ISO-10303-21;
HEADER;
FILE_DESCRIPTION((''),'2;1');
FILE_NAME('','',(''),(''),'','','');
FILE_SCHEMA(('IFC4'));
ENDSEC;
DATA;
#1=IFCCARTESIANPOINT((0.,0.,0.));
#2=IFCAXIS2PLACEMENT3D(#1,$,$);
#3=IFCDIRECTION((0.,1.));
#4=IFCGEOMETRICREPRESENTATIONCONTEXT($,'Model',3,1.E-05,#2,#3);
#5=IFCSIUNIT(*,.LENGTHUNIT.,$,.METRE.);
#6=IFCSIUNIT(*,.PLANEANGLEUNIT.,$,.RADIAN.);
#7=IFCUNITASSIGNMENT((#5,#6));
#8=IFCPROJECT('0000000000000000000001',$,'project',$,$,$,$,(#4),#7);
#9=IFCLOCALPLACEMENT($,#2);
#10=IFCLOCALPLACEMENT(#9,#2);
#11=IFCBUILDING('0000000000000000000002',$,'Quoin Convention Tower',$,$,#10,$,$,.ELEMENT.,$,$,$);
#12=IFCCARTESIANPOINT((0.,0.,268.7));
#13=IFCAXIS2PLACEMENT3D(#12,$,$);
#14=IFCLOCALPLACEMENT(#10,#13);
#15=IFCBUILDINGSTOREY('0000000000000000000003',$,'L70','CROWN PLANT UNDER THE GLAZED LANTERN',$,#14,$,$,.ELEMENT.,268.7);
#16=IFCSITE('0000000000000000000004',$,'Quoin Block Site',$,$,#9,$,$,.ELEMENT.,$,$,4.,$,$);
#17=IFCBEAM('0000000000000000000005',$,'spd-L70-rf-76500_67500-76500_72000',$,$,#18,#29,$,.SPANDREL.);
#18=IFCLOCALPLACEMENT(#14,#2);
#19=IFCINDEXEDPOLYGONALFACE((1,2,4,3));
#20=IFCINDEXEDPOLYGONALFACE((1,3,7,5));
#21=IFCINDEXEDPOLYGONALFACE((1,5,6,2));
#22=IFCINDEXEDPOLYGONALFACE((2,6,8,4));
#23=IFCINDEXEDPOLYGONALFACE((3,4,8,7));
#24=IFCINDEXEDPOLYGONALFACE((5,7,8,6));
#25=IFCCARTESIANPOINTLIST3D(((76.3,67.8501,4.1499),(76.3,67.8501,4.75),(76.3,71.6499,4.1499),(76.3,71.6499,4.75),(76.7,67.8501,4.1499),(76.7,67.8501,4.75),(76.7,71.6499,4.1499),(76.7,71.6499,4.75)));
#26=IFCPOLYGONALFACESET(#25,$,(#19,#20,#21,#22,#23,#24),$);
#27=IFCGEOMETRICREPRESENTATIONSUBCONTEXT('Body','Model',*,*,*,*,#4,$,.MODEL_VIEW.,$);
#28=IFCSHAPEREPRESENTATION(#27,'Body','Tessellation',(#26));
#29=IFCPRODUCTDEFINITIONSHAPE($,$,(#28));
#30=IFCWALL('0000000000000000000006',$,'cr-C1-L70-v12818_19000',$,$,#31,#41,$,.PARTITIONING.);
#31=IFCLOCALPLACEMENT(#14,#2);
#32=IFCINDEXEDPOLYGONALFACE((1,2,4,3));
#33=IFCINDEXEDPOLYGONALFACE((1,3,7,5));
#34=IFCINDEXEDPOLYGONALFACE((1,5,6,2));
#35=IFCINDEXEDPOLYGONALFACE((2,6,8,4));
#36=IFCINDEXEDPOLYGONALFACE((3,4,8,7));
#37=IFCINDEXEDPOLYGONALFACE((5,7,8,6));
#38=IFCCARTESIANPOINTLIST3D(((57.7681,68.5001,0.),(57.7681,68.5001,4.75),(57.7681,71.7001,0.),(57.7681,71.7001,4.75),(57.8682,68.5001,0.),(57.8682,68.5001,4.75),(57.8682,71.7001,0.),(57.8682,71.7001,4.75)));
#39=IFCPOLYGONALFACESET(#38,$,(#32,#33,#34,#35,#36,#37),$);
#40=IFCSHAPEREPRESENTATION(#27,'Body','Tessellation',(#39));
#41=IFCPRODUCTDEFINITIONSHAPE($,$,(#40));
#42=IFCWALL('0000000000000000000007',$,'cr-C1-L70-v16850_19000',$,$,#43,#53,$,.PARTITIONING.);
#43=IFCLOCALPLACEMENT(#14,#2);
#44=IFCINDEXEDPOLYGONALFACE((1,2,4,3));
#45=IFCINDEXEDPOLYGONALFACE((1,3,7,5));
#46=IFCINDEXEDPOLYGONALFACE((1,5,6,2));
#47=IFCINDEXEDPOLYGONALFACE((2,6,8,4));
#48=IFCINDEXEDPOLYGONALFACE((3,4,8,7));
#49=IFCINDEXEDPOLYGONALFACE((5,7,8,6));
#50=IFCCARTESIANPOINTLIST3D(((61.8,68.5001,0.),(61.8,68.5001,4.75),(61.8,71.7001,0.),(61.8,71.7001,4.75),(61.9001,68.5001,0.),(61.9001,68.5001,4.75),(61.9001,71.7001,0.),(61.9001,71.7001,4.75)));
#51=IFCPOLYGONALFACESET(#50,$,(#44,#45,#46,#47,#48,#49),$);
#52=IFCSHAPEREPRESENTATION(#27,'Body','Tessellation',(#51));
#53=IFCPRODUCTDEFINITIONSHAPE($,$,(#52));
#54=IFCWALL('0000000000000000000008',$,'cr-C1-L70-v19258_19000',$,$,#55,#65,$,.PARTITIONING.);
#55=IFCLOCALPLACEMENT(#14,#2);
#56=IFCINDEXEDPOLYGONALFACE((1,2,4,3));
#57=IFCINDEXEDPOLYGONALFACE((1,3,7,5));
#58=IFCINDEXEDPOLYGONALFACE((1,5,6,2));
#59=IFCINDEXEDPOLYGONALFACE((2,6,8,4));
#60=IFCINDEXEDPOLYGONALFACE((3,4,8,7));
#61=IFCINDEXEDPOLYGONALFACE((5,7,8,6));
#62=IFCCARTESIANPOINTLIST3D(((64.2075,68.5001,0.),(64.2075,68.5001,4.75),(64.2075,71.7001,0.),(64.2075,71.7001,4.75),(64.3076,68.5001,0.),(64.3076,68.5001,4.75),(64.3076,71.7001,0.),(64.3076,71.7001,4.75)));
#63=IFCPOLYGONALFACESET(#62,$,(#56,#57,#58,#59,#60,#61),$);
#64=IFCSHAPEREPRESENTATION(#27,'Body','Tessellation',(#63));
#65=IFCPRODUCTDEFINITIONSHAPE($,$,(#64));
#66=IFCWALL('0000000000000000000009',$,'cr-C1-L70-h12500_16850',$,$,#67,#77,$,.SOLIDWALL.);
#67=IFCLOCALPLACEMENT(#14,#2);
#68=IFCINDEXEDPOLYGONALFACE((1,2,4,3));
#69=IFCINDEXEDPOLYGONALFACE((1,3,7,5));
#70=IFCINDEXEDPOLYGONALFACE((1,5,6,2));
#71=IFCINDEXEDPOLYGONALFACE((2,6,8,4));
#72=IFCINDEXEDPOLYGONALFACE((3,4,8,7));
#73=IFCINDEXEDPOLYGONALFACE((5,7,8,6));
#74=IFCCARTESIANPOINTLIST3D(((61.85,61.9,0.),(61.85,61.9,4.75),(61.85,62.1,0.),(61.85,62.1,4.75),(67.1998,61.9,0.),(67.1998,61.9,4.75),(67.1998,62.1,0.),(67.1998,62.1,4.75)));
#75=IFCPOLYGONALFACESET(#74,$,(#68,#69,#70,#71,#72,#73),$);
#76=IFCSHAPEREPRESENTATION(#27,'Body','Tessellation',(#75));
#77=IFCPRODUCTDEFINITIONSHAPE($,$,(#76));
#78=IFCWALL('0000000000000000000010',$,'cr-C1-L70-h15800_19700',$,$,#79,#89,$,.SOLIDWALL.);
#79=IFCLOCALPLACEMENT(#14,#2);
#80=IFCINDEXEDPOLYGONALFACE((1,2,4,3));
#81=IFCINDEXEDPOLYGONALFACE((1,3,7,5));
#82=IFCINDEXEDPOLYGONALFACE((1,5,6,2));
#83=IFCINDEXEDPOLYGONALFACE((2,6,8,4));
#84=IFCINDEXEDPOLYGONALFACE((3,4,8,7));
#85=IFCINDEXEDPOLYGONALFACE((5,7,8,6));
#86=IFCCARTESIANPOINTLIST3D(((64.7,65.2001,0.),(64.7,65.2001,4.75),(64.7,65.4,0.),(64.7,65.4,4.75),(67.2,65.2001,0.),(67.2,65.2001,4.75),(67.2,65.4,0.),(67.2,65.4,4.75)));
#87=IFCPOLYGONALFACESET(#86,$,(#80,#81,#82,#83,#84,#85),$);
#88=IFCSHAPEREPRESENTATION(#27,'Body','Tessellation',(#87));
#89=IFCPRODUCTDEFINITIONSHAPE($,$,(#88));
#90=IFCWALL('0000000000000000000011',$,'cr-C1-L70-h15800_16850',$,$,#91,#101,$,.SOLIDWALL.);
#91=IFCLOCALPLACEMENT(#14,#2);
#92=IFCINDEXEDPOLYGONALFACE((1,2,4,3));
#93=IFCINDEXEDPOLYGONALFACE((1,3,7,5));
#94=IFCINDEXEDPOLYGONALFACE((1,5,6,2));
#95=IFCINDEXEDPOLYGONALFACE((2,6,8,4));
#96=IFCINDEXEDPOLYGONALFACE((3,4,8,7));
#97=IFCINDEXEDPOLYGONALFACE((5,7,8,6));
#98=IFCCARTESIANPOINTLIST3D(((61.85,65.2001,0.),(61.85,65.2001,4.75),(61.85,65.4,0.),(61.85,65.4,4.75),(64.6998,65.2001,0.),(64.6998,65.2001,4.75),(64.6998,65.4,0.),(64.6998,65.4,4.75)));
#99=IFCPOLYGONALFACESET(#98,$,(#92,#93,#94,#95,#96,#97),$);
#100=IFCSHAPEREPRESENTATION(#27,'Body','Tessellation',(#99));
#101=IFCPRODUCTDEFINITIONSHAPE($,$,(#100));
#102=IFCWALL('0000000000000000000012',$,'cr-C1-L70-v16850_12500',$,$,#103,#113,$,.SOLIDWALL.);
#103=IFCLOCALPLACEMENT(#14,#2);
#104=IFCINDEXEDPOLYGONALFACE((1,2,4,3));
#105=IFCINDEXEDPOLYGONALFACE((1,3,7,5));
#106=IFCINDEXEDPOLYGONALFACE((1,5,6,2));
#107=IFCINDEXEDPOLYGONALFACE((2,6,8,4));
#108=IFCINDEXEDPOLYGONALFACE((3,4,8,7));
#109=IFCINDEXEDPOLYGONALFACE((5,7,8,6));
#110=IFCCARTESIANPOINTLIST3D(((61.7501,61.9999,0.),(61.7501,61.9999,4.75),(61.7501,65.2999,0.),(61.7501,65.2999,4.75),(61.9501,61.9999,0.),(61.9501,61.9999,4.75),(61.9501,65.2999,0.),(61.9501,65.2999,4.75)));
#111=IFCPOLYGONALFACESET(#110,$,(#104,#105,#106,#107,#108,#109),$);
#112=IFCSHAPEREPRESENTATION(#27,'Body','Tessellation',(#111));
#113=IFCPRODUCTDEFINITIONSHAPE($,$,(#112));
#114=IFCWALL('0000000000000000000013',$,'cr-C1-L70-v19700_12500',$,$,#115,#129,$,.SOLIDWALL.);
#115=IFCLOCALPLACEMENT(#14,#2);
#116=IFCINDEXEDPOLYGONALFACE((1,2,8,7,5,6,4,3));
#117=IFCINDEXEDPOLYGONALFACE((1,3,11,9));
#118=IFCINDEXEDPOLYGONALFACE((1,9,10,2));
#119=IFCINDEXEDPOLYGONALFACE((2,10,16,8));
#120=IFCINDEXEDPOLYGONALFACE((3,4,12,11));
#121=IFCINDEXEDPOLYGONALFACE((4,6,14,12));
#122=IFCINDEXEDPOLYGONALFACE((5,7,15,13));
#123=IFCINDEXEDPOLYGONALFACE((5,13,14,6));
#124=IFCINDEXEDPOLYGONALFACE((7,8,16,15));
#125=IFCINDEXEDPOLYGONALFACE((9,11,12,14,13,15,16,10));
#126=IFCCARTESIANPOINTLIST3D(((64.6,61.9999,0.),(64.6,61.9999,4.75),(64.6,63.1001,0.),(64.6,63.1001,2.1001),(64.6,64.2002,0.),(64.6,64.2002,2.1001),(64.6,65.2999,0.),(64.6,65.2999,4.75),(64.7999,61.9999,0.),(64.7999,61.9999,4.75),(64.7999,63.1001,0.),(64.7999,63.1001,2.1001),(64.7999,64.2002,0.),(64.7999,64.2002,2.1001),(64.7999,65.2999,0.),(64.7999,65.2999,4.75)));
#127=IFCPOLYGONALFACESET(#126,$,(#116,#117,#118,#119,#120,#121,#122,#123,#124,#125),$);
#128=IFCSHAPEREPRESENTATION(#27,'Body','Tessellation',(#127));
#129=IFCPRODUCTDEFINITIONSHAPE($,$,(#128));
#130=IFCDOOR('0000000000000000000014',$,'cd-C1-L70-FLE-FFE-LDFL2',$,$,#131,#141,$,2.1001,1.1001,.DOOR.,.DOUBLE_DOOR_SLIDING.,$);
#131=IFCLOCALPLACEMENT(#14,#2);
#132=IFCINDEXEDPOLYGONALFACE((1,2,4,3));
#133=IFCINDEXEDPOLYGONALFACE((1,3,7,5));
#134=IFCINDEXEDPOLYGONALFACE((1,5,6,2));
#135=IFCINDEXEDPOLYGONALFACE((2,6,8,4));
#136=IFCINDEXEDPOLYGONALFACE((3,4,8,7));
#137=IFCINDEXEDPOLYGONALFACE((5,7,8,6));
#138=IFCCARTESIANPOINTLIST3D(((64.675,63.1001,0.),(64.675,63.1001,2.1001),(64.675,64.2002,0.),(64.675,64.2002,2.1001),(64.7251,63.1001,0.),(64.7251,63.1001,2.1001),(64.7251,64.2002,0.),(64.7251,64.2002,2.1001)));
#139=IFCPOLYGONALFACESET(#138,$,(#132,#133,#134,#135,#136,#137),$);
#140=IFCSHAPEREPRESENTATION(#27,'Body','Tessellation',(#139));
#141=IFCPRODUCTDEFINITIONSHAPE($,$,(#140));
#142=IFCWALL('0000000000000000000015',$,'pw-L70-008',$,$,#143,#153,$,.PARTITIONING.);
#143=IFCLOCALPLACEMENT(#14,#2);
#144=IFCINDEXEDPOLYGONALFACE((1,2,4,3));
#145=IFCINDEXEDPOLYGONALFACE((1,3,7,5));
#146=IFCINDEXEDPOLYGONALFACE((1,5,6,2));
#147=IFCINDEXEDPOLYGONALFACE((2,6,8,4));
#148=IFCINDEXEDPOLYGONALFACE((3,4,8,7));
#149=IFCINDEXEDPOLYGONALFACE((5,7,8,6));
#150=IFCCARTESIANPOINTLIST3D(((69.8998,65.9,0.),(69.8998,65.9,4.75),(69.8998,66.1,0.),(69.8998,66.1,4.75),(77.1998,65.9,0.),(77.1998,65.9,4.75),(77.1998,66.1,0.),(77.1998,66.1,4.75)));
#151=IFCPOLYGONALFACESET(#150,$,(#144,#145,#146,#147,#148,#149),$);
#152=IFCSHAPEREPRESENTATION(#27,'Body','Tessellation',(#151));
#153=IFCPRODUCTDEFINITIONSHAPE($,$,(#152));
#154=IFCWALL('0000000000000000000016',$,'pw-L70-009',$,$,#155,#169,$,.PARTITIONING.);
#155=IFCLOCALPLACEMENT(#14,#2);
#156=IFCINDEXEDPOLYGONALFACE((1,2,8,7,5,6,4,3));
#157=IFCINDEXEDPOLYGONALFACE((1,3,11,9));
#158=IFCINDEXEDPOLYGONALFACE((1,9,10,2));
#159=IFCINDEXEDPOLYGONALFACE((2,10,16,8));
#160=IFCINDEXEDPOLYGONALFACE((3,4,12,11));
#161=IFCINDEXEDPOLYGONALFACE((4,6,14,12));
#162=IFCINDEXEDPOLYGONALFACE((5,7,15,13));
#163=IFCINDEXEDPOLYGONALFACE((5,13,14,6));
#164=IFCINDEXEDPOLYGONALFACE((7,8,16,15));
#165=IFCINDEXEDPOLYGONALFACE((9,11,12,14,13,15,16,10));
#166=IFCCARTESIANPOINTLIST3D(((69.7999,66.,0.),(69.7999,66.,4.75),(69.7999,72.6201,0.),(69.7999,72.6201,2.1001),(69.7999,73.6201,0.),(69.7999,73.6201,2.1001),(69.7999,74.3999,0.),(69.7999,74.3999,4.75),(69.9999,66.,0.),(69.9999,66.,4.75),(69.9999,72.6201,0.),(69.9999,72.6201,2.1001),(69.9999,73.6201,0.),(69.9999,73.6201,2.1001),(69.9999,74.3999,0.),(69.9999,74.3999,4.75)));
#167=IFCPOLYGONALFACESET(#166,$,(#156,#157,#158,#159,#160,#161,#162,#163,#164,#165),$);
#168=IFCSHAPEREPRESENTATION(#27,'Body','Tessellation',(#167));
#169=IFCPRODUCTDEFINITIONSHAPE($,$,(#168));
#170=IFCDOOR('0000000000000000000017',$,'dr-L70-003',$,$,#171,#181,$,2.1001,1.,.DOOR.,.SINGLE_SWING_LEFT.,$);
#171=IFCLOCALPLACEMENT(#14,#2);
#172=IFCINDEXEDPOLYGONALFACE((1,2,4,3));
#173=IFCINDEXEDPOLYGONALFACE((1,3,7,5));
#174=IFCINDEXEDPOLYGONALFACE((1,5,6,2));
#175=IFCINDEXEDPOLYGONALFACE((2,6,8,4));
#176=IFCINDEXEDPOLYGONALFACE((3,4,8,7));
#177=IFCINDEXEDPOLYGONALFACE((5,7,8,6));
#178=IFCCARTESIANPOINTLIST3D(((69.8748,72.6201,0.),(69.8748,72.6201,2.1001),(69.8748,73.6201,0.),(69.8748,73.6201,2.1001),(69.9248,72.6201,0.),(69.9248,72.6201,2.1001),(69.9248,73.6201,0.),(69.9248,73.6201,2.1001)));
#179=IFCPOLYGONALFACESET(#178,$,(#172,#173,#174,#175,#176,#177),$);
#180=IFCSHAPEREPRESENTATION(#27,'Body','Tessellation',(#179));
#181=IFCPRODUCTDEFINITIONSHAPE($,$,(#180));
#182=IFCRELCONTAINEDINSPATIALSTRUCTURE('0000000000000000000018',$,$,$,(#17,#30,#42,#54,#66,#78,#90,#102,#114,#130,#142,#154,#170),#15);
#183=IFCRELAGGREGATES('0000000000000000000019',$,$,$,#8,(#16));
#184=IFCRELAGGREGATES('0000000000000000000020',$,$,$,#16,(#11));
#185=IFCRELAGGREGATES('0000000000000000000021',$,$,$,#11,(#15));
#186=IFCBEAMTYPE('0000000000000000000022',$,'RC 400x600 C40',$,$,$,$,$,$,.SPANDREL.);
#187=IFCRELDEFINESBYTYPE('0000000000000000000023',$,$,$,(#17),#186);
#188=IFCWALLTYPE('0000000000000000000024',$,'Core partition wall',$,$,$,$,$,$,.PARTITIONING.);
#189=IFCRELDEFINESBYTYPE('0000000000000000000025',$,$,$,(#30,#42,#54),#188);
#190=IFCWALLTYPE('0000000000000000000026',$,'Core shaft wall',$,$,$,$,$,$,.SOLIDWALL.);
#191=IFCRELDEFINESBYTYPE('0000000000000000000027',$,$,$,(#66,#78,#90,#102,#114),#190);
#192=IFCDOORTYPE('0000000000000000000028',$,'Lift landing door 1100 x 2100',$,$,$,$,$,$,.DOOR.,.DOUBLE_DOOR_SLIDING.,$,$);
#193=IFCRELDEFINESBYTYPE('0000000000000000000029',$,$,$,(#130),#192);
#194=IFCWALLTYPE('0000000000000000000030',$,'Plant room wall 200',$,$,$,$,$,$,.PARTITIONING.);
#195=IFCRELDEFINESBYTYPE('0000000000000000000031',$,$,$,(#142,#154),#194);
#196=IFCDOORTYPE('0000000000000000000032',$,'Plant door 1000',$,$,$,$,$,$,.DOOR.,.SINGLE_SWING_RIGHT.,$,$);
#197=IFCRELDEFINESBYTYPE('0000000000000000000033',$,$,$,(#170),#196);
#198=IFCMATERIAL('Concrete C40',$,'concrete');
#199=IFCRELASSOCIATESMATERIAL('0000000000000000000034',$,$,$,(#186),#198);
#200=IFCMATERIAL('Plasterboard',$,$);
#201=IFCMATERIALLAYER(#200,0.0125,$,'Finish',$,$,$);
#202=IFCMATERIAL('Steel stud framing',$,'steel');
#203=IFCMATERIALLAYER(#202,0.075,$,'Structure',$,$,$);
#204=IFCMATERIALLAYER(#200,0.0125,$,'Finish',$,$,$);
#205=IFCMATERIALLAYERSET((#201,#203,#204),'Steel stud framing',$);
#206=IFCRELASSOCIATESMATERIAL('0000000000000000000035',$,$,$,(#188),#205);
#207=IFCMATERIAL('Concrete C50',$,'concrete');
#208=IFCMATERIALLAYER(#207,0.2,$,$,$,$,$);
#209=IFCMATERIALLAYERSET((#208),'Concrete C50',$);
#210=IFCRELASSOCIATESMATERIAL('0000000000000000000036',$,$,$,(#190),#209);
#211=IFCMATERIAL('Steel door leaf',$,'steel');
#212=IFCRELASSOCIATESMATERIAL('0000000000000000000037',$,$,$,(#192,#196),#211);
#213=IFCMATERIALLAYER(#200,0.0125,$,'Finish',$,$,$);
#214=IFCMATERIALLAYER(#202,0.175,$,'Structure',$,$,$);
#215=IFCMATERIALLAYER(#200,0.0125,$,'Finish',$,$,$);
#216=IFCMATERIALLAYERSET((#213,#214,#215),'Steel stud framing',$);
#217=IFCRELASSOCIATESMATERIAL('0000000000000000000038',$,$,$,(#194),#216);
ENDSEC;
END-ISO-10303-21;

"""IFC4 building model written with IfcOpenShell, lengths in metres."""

from ifc_helpers import new_model, si_unit, direction, frame, frame_2d, origin, origin_2d, place, context, subcontext, project, spatial, rectangle, extrude, material, layer, layer_set, material_profile, profile_set, type_object, element, fill, save


model = new_model("IFC4")

# Units and contexts
model_context = context("Model", 3, precision=1e-05, world=origin(), true_north=direction((0.0, 1.0)))
body_context = subcontext(model_context, "Body", "Model", "MODEL_VIEW")
ifc_project = project(units=[si_unit("LENGTHUNIT", "METRE"), si_unit("PLANEANGLEUNIT", "RADIAN")], contexts=[model_context])

# Site, building, storey
site_placement = place(None, origin())
site = spatial("IfcSite", under=ifc_project, at=site_placement, Name="Quoin Block Site", CompositionType="ELEMENT", RefElevation=4.0)
building_placement = place(site_placement, origin())
building = spatial("IfcBuilding", under=site, at=building_placement, Name="Quoin Convention Tower", CompositionType="ELEMENT")
storey_placement = place(building_placement, frame((0.0, 0.0, 268.7)))
storey = spatial("IfcBuildingStorey", under=building, at=storey_placement, Name="L70", Description="CROWN PLANT UNDER THE GLAZED LANTERN", CompositionType="ELEMENT", Elevation=268.7)

# Shared definitions
ifc_material_1 = material(Name="Concrete C40", Category="concrete")

# Beam
ifc_material_profile_1 = material_profile(ifc_material_1, rectangle(XDim=0.3999, YDim=0.6001, at=origin_2d()), Name="RC 400x600")
ifc_profile_set_1 = profile_set([ifc_material_profile_1], Name="Concrete C40")
beam_type_1 = type_object("IfcBeamType", Name="RC 400x600 C40", PredefinedType="SPANDREL", material=ifc_profile_set_1)
for number, where, z_axis, x_axis, name in (
    (1, (76.5, 67.8501, 4.45), (0.0, 1.0, 0.0), (-1.0, 0.0, 0.0), "spd-L70-rf-76500_67500-76500_72000"),
):
    element("IfcBeam", number, at=place(storey_placement, frame(where, z_axis=z_axis, x_axis=x_axis)), inside=storey, type_object=beam_type_1, Name=name, PredefinedType="SPANDREL", context=body_context, shape_type="SweptSolid", body=[
        extrude(rectangle(XDim=0.3999, YDim=0.6001, at=origin_2d()), origin(), (0.0, 0.0, 1.0), 3.7998),
    ])

# Walls
ifc_material_2 = material(Name="Plasterboard")
ifc_layer_1 = layer(ifc_material_2, 0.0125, Name="Finish")
ifc_material_3 = material(Name="Steel stud framing", Category="steel")
ifc_layer_2 = layer(ifc_material_3, 0.075, Name="Structure")
ifc_layer_3 = layer(ifc_material_2, 0.0125, Name="Finish")
ifc_layer_set_1 = layer_set([ifc_layer_1, ifc_layer_2, ifc_layer_3], Name="Steel stud framing")
wall_type_1 = type_object("IfcWallType", Name="Core partition wall", PredefinedType="PARTITIONING", material=ifc_layer_set_1)
for number, where, z_axis, x_axis, name in (
    (2, (57.8181, 68.5, 0.0), (0.0, 0.0, 1.0), (0.0, 1.0, 0.0), "cr-C1-L70-v12818_19000"),
    (3, (61.8501, 68.5, 0.0), (0.0, 0.0, 1.0), (0.0, 1.0, 0.0), "cr-C1-L70-v16850_19000"),
    (4, (64.2576, 68.5, 0.0), (0.0, 0.0, 1.0), (0.0, 1.0, 0.0), "cr-C1-L70-v19258_19000"),
):
    element("IfcWall", number, at=place(storey_placement, frame(where, z_axis=z_axis, x_axis=x_axis)), inside=storey, type_object=wall_type_1, Name=name, PredefinedType="PARTITIONING", context=body_context, shape_type="SweptSolid", body=[
        extrude(rectangle(XDim=3.2, YDim=0.1001, at=frame_2d((1.6001, 0.0))), origin(), (0.0, 0.0, 1.0), 4.75),
    ])
ifc_material_4 = material(Name="Concrete C50", Category="concrete")
ifc_layer_4 = layer(ifc_material_4, 0.2)
ifc_layer_set_2 = layer_set([ifc_layer_4], Name="Concrete C50")
wall_type_2 = type_object("IfcWallType", Name="Core shaft wall", PredefinedType="SOLIDWALL", material=ifc_layer_set_2)
wall_1_placement = place(storey_placement, frame((61.8501, 62.0, 0.0), z_axis=(0.0, 0.0, 1.0), x_axis=(1.0, 0.0, 0.0)))
element("IfcWall", 5, at=wall_1_placement, inside=storey, type_object=wall_type_2, Name="cr-C1-L70-h12500_16850", PredefinedType="SOLIDWALL", context=body_context, shape_type="SweptSolid", body=[
    extrude(rectangle(XDim=5.3499, YDim=0.2, at=frame_2d((2.6748, 0.0))), origin(), (0.0, 0.0, 1.0), 4.75),
])
wall_2_placement = place(storey_placement, frame((64.7, 65.3, 0.0), z_axis=(0.0, 0.0, 1.0), x_axis=(1.0, 0.0, 0.0)))
element("IfcWall", 6, at=wall_2_placement, inside=storey, type_object=wall_type_2, Name="cr-C1-L70-h15800_19700", PredefinedType="SOLIDWALL", context=body_context, shape_type="SweptSolid", body=[
    extrude(rectangle(XDim=2.5, YDim=0.2, at=frame_2d((1.25, 0.0))), origin(), (0.0, 0.0, 1.0), 4.75),
])
wall_3_placement = place(storey_placement, frame((61.8501, 65.3, 0.0), z_axis=(0.0, 0.0, 1.0), x_axis=(1.0, 0.0, 0.0)))
element("IfcWall", 7, at=wall_3_placement, inside=storey, type_object=wall_type_2, Name="cr-C1-L70-h15800_16850", PredefinedType="SOLIDWALL", context=body_context, shape_type="SweptSolid", body=[
    extrude(rectangle(XDim=2.8499, YDim=0.2, at=frame_2d((1.4248, 0.0))), origin(), (0.0, 0.0, 1.0), 4.75),
])
wall_4_placement = place(storey_placement, frame((61.8501, 62.0, 0.0), z_axis=(0.0, 0.0, 1.0), x_axis=(0.0, 1.0, 0.0)))
element("IfcWall", 8, at=wall_4_placement, inside=storey, type_object=wall_type_2, Name="cr-C1-L70-v16850_12500", PredefinedType="SOLIDWALL", context=body_context, shape_type="SweptSolid", body=[
    extrude(rectangle(XDim=3.3, YDim=0.2, at=frame_2d((1.6499, 0.0))), origin(), (0.0, 0.0, 1.0), 4.75),
])

# Wall, opening, door
wall_5_placement = place(storey_placement, frame((64.7, 62.0, 0.0), z_axis=(0.0, 0.0, 1.0), x_axis=(0.0, 1.0, 0.0)))
wall_5 = element("IfcWall", 9, at=wall_5_placement, inside=storey, type_object=wall_type_2, Name="cr-C1-L70-v19700_12500", PredefinedType="SOLIDWALL", context=body_context, shape_type="SweptSolid", body=[
    extrude(rectangle(XDim=3.3, YDim=0.2, at=frame_2d((1.6499, 0.0))), origin(), (0.0, 0.0, 1.0), 4.75),
])
opening_1_placement = place(wall_5_placement, frame((1.1001, 0.0, 0.0)))
opening_1 = element("IfcOpeningElement", 10, at=opening_1_placement, cuts=wall_5, PredefinedType="OPENING", context=body_context, shape_type="SweptSolid", body=[
    extrude(rectangle(XDim=1.1001, YDim=2.1001, at=frame_2d((0.55, 1.05))), frame((0.0, 0.1099, 0.0), z_axis=(0.0, -1.0, 0.0), x_axis=(1.0, 0.0, 0.0)), (0.0, 0.0, 1.0), 0.22),
])
ifc_material_5 = material(Name="Steel door leaf", Category="steel")
door_type_1 = type_object("IfcDoorType", Name="Lift landing door 1100 x 2100", OperationType="DOUBLE_DOOR_SLIDING", PredefinedType="DOOR", material=ifc_material_5)
door_1_placement = place(opening_1_placement, origin())
door_1 = element("IfcDoor", 11, at=door_1_placement, inside=storey, type_object=door_type_1, Name="cd-C1-L70-FLE-FFE-LDFL2", OperationType="DOUBLE_DOOR_SLIDING", OverallHeight=2.1001, OverallWidth=1.1001, PredefinedType="DOOR", context=body_context, shape_type="SweptSolid", body=[
    extrude(rectangle(XDim=1.1001, YDim=2.1001, at=frame_2d((0.55, 1.05))), frame((0.0, 0.0249, 0.0), z_axis=(0.0, -1.0, 0.0), x_axis=(1.0, 0.0, 0.0)), (0.0, 0.0, 1.0), 0.05),
])
fill(opening_1, door_1)

# Wall
ifc_layer_5 = layer(ifc_material_2, 0.0125, Name="Finish")
ifc_layer_6 = layer(ifc_material_3, 0.175, Name="Structure")
ifc_layer_7 = layer(ifc_material_2, 0.0125, Name="Finish")
ifc_layer_set_3 = layer_set([ifc_layer_5, ifc_layer_6, ifc_layer_7], Name="Steel stud framing")
wall_type_3 = type_object("IfcWallType", Name="Plant room wall 200", PredefinedType="PARTITIONING", material=ifc_layer_set_3)
wall_6_placement = place(storey_placement, frame((69.8999, 66.0, 0.0), z_axis=(0.0, 0.0, 1.0), x_axis=(1.0, 0.0, 0.0)))
element("IfcWall", 12, at=wall_6_placement, inside=storey, type_object=wall_type_3, Name="pw-L70-008", PredefinedType="PARTITIONING", context=body_context, shape_type="SweptSolid", body=[
    extrude(rectangle(XDim=7.3, YDim=0.2, at=frame_2d((3.6499, 0.0))), origin(), (0.0, 0.0, 1.0), 4.75),
])

# Wall, opening, door
wall_7_placement = place(storey_placement, frame((69.8999, 66.0, 0.0), z_axis=(0.0, 0.0, 1.0), x_axis=(0.0, 1.0, 0.0)))
wall_7 = element("IfcWall", 13, at=wall_7_placement, inside=storey, type_object=wall_type_3, Name="pw-L70-009", PredefinedType="PARTITIONING", context=body_context, shape_type="SweptSolid", body=[
    extrude(rectangle(XDim=8.3999, YDim=0.2, at=frame_2d((4.2, 0.0))), origin(), (0.0, 0.0, 1.0), 4.75),
])
opening_2_placement = place(wall_7_placement, frame((6.6201, 0.0, 0.0)))
opening_2 = element("IfcOpeningElement", 14, at=opening_2_placement, cuts=wall_7, PredefinedType="OPENING", context=body_context, shape_type="SweptSolid", body=[
    extrude(rectangle(XDim=1.0, YDim=2.1001, at=frame_2d((0.5, 1.05))), frame((0.0, 0.1099, 0.0), z_axis=(0.0, -1.0, 0.0), x_axis=(1.0, 0.0, 0.0)), (0.0, 0.0, 1.0), 0.22),
])
door_type_2 = type_object("IfcDoorType", Name="Plant door 1000", OperationType="SINGLE_SWING_RIGHT", PredefinedType="DOOR", material=ifc_material_5)
door_2_placement = place(opening_2_placement, frame((1.0, 0.0, 0.0), z_axis=(0.0, 0.0, 1.0), x_axis=(-1.0, 0.0, 0.0)))
door_2 = element("IfcDoor", 15, at=door_2_placement, inside=storey, type_object=door_type_2, Name="dr-L70-003", OperationType="SINGLE_SWING_LEFT", OverallHeight=2.1001, OverallWidth=1.0, PredefinedType="DOOR", context=body_context, shape_type="SweptSolid", body=[
    extrude(rectangle(XDim=1.0, YDim=2.1001, at=frame_2d((0.5, 1.05))), frame((0.0, 0.0249, 0.0), z_axis=(0.0, -1.0, 0.0), x_axis=(1.0, 0.0, 0.0)), (0.0, 0.0, 1.0), 0.05),
])
fill(opening_2, door_2)

save(model, "model.ifc")
